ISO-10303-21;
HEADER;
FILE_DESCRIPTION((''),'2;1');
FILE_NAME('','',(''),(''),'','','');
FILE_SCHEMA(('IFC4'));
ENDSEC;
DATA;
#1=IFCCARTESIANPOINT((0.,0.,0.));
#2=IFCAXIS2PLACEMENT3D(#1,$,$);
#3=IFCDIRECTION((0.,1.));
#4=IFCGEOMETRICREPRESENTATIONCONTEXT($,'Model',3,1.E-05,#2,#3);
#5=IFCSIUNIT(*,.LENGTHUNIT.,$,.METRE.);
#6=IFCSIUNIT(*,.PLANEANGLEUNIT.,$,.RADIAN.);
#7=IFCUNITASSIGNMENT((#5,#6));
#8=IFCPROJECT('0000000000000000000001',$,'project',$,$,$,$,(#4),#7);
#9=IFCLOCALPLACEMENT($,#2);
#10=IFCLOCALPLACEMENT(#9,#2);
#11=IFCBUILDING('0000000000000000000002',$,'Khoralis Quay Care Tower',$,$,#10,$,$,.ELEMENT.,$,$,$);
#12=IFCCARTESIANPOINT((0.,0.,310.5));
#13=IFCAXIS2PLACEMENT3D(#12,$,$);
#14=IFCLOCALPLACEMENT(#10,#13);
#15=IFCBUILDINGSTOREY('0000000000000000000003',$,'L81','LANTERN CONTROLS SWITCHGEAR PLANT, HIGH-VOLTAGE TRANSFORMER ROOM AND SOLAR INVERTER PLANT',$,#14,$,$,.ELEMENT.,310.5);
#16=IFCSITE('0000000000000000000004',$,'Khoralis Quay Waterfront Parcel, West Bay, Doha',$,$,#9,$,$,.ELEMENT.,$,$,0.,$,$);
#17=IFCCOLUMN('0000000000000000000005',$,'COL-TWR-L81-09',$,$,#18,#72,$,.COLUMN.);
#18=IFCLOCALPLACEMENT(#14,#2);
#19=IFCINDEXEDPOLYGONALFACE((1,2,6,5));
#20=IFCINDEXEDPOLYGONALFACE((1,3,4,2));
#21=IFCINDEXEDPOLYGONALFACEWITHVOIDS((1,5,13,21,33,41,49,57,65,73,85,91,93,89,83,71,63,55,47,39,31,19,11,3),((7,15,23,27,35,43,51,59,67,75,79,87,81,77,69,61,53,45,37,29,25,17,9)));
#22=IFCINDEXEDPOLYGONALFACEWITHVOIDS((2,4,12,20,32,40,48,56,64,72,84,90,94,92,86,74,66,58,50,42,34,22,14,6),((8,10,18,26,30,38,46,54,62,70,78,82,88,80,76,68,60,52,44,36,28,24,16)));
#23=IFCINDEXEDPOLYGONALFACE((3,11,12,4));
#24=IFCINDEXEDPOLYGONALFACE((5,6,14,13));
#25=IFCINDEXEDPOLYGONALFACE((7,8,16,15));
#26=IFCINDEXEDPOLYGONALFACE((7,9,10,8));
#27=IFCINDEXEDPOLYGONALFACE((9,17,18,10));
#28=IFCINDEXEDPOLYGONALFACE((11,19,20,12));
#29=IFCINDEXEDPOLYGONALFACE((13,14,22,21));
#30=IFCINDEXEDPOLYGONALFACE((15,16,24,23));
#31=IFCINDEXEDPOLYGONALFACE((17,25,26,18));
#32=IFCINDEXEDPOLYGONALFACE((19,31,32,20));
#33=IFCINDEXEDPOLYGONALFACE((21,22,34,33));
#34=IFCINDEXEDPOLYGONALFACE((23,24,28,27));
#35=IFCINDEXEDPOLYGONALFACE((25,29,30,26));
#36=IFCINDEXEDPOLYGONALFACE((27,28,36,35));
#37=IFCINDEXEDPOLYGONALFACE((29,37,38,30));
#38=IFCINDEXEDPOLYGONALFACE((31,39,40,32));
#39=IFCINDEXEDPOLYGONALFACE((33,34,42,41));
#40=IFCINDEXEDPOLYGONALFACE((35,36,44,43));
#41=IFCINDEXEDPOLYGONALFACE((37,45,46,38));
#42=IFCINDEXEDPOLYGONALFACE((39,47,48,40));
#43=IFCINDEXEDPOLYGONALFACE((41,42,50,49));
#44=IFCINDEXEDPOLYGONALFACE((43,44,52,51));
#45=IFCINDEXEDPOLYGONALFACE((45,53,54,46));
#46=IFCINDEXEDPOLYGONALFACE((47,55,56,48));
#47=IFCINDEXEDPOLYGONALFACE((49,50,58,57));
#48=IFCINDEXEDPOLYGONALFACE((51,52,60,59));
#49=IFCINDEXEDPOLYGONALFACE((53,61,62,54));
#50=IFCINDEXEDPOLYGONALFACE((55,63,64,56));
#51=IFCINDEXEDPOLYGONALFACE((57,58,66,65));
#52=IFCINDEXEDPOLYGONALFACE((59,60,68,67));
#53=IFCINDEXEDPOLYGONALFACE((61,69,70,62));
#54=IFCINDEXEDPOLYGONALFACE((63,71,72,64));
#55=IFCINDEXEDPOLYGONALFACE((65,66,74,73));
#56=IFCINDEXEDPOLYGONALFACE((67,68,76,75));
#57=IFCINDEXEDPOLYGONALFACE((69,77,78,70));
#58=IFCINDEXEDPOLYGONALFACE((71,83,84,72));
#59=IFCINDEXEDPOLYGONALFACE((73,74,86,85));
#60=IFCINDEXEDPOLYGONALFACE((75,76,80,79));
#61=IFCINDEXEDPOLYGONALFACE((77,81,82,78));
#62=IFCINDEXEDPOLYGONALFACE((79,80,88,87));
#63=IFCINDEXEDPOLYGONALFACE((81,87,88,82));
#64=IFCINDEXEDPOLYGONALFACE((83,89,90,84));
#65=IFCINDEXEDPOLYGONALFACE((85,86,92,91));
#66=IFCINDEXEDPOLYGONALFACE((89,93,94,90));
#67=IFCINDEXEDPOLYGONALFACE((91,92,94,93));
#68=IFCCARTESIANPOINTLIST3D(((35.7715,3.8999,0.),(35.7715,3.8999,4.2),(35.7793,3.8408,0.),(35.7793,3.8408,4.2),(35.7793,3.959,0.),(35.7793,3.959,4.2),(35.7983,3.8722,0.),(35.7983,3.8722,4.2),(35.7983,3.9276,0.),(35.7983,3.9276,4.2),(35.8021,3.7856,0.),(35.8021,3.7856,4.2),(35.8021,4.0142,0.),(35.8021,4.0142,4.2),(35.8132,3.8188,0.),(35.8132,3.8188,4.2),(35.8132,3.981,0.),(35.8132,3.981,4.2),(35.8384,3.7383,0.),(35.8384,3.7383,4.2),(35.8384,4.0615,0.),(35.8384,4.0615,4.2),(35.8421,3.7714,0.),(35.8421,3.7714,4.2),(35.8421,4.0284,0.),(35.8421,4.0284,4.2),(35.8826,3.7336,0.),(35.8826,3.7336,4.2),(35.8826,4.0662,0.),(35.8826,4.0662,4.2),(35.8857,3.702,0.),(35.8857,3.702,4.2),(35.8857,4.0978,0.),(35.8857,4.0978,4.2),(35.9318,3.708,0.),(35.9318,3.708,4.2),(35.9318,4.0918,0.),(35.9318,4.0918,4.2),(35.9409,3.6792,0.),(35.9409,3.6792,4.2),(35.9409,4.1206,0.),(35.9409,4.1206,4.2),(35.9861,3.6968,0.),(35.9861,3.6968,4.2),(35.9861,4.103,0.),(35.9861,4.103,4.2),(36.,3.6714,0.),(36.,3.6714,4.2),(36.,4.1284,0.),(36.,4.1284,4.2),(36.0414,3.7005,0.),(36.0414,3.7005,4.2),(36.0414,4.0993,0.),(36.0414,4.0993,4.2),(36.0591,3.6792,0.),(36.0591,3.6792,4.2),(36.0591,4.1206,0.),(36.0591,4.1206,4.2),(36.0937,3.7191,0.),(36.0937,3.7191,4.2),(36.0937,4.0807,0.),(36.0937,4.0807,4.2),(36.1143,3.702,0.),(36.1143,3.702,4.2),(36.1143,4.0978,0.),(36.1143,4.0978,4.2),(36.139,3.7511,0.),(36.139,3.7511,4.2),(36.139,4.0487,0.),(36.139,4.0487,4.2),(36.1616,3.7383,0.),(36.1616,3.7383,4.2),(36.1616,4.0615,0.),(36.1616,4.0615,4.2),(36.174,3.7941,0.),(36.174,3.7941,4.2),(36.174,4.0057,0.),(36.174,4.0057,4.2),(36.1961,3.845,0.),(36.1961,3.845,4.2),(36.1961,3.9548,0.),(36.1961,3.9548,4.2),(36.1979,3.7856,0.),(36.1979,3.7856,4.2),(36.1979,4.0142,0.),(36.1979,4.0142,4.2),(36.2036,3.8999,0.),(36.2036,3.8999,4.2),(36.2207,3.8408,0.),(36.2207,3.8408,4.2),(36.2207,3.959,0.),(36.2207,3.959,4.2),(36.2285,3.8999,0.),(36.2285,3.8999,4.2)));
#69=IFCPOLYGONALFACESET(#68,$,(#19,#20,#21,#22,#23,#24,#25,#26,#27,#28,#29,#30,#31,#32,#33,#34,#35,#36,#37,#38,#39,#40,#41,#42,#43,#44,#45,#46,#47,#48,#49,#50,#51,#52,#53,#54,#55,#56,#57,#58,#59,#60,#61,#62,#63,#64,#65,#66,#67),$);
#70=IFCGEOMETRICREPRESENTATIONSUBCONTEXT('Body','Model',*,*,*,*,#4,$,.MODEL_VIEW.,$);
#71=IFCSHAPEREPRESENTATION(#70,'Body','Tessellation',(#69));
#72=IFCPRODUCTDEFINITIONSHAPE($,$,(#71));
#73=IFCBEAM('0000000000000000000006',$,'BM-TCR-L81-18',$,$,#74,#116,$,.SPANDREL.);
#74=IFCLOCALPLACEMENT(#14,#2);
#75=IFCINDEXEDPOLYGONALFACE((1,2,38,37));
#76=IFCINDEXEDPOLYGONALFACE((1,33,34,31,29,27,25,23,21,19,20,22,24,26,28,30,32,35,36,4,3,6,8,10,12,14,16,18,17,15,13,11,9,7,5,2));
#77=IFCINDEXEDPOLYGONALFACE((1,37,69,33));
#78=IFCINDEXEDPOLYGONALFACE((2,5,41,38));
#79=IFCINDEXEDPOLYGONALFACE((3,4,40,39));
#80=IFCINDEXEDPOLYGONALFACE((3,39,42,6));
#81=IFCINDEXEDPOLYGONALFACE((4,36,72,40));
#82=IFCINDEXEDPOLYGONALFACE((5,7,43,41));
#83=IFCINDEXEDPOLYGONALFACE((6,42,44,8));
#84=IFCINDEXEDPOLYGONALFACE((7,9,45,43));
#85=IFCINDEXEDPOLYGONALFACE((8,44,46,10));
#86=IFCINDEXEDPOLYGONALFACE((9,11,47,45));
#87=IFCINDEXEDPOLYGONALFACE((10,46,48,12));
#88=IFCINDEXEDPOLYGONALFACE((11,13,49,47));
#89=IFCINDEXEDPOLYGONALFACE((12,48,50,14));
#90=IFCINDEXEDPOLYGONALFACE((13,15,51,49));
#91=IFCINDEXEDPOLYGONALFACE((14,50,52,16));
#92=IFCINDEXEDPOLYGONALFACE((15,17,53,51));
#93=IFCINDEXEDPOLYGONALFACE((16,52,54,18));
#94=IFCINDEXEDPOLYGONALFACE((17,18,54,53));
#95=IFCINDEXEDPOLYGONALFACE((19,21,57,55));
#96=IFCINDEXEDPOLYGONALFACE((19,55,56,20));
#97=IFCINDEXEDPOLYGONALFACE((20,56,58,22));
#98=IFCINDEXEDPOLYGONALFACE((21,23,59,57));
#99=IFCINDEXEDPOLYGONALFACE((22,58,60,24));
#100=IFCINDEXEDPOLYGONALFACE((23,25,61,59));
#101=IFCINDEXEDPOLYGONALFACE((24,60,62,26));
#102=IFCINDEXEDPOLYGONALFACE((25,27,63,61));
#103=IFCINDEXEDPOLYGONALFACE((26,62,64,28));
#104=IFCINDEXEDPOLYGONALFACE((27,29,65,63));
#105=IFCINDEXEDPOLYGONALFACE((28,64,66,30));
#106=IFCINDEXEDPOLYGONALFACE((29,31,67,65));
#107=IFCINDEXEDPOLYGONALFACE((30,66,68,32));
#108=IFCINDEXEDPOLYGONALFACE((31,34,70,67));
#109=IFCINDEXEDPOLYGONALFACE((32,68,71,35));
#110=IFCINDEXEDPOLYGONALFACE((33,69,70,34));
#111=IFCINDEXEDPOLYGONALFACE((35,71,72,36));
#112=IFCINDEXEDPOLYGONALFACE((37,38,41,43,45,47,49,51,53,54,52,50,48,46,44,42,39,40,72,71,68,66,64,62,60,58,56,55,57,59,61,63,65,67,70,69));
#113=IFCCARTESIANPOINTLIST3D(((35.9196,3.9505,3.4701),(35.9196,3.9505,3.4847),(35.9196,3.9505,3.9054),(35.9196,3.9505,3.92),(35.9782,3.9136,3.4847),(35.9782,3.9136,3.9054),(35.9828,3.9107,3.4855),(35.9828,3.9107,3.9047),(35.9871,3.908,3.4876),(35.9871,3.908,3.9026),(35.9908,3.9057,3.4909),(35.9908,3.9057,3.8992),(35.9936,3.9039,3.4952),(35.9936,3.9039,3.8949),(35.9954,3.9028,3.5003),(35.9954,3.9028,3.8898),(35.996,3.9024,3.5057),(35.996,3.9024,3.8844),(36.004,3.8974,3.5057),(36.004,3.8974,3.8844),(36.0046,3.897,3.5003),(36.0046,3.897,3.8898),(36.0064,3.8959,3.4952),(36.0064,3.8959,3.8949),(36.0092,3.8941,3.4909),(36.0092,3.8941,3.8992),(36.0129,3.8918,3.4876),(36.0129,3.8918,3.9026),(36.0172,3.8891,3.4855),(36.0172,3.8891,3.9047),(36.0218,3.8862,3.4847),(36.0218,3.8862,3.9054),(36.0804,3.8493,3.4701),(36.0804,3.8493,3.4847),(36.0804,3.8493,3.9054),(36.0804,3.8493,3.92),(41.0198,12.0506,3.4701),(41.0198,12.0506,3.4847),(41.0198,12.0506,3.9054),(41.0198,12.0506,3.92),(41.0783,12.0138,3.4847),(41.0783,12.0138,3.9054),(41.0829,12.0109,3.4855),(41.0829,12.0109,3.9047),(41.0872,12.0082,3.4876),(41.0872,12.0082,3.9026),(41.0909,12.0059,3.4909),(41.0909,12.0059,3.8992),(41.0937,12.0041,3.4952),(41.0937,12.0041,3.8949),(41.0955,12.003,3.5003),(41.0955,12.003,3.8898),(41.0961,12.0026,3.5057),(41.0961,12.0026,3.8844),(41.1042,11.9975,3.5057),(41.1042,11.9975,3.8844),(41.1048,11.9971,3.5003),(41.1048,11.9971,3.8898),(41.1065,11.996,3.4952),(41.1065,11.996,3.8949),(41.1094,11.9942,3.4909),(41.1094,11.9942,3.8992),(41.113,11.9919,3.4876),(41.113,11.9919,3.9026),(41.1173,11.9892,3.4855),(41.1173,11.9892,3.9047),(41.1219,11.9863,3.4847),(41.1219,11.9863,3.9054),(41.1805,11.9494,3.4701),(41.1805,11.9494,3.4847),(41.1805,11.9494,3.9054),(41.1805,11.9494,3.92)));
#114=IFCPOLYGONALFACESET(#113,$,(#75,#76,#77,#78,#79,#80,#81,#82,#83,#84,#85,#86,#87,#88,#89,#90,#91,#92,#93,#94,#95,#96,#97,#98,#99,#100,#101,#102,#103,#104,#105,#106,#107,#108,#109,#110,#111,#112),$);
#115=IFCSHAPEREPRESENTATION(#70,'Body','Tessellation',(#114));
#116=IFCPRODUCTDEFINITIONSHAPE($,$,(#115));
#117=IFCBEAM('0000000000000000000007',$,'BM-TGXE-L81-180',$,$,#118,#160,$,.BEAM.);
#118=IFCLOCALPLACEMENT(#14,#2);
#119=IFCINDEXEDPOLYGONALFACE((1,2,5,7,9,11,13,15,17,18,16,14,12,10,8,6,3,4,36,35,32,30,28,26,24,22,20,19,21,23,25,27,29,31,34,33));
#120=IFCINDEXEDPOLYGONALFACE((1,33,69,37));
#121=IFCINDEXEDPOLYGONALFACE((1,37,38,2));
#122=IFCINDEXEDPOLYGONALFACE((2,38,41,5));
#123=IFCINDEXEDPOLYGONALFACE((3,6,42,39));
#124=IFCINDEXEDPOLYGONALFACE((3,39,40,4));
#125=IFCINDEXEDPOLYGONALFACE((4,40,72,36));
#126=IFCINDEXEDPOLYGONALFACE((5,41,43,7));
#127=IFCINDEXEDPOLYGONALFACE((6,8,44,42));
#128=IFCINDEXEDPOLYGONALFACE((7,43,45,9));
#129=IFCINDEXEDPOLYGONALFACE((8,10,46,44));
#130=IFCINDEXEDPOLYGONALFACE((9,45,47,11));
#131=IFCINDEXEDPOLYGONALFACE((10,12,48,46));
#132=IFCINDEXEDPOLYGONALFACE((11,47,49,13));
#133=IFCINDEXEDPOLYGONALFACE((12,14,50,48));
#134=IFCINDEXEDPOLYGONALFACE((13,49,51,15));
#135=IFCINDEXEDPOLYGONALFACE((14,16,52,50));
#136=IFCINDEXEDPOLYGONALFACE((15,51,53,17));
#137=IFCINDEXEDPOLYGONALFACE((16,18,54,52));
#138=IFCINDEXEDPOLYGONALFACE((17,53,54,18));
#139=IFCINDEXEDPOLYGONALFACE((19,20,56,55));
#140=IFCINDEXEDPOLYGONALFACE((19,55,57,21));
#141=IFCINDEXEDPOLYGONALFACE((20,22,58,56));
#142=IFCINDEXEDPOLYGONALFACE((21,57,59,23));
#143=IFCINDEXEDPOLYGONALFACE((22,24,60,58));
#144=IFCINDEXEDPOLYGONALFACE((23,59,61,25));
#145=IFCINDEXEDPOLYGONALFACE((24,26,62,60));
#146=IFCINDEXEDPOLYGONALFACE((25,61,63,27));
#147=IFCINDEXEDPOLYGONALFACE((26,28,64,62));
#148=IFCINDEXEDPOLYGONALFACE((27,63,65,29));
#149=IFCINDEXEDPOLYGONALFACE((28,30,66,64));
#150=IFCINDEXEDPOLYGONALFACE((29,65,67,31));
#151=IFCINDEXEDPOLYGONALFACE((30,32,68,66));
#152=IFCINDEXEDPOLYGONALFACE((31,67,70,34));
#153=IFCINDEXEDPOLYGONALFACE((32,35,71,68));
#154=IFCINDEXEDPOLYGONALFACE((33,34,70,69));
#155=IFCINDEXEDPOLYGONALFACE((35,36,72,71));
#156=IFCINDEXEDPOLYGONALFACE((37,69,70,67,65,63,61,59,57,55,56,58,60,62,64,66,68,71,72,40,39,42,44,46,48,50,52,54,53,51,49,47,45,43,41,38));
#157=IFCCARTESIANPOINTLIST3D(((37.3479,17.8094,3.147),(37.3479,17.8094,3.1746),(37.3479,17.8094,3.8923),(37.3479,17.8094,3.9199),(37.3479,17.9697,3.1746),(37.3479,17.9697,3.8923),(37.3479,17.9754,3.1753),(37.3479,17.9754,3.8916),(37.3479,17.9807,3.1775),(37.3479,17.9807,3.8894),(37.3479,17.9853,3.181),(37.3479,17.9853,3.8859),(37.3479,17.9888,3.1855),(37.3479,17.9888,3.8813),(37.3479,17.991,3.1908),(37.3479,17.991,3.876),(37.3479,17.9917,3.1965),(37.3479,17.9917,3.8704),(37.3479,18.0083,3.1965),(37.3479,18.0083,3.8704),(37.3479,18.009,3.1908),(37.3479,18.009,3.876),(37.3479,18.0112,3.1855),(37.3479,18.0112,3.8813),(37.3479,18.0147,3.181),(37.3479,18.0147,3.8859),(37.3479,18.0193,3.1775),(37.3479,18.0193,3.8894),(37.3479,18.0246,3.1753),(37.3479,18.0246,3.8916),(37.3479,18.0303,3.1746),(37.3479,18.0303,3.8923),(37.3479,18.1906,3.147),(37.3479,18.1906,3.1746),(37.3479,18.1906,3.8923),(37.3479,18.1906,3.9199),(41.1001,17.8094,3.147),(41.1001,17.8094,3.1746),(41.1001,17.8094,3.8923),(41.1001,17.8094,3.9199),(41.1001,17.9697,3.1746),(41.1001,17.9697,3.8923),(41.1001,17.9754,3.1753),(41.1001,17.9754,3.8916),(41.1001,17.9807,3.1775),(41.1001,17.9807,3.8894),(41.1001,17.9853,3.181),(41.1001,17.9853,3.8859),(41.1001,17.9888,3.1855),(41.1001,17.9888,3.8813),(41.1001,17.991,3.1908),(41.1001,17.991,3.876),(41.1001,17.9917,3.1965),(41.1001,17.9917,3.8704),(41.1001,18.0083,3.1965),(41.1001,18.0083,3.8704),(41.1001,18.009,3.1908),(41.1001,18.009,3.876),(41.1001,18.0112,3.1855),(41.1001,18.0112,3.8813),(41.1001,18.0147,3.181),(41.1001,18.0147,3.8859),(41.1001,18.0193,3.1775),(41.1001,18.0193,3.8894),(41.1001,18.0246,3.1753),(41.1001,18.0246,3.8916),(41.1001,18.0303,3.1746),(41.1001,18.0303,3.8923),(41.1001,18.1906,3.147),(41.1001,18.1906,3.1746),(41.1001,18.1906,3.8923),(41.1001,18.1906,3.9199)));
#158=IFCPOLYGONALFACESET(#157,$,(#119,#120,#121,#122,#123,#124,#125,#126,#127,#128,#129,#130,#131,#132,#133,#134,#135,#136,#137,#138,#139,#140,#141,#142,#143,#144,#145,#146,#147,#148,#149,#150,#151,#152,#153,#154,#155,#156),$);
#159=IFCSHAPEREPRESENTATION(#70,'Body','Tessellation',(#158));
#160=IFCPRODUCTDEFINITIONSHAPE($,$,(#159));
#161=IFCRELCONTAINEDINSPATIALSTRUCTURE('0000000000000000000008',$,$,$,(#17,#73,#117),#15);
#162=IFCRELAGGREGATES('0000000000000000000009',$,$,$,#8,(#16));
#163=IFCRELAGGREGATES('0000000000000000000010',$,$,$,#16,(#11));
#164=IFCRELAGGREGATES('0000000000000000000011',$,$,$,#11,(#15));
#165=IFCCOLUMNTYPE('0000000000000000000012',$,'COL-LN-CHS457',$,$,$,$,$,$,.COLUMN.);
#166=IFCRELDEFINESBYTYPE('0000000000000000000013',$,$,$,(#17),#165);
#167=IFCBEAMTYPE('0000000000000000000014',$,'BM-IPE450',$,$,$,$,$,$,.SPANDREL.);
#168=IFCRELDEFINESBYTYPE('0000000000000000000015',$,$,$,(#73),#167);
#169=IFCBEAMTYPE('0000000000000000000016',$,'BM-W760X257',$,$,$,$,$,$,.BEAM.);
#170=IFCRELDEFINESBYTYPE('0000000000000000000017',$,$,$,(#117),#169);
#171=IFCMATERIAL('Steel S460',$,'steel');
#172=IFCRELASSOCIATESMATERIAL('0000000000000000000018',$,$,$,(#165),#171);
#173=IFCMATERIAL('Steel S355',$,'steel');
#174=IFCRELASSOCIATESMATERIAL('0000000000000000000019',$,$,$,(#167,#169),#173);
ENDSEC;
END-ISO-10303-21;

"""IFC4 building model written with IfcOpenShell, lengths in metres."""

from ifc_helpers import new_model, si_unit, direction, frame, origin, origin_2d, place, context, subcontext, project, spatial, hollow_circle, i_section, extrude, source, transform, mapped, material, material_profile, profile_set, type_object, element, save


model = new_model("IFC4")

# Units and contexts
model_context = context("Model", 3, precision=1e-05, world=origin(), true_north=direction((0.0, 1.0)))
body_context = subcontext(model_context, "Body", "Model", "MODEL_VIEW")
ifc_project = project(units=[si_unit("LENGTHUNIT", "METRE"), si_unit("PLANEANGLEUNIT", "RADIAN")], contexts=[model_context])

# Site, building, storey
site_placement = place(None, origin())
site = spatial("IfcSite", under=ifc_project, at=site_placement, Name="Khoralis Quay Waterfront Parcel, West Bay, Doha", CompositionType="ELEMENT", RefElevation=0.0)
building_placement = place(site_placement, origin())
building = spatial("IfcBuilding", under=site, at=building_placement, Name="Khoralis Quay Care Tower", CompositionType="ELEMENT")
storey_placement = place(building_placement, frame((0.0, 0.0, 310.5)))
storey = spatial("IfcBuildingStorey", under=building, at=storey_placement, Name="L81", Description="LANTERN CONTROLS SWITCHGEAR PLANT, HIGH-VOLTAGE TRANSFORMER ROOM AND SOLAR INVERTER PLANT", CompositionType="ELEMENT", Elevation=310.5)

# Column
ifc_material_1 = material(Name="Steel S460", Category="steel")
ifc_material_profile_1 = material_profile(ifc_material_1, hollow_circle(Radius=0.2285, WallThickness=0.0249, at=origin_2d()), Name="Steel S460")
ifc_profile_set_1 = profile_set([ifc_material_profile_1], Name="Steel S460")
column_type = type_object("IfcColumnType", Name="COL-LN-CHS457", PredefinedType="COLUMN", material=ifc_profile_set_1)
shared_shape_1 = source(origin(), body_context, "Body", "SweptSolid", [
    extrude(hollow_circle(Radius=0.2285, WallThickness=0.0249, at=origin_2d()), origin(), (0.0, 0.0, 1.0), 4.2),
])
column_placement = place(storey_placement, frame((36.0, 3.8999, 0.0), z_axis=(0.0, 0.0, 1.0), x_axis=(1.0, 0.0, 0.0)))
element("IfcColumn", 1, at=column_placement, inside=storey, type_object=column_type, Name="COL-TWR-L81-09", PredefinedType="COLUMN", context=body_context, shape_type="MappedRepresentation", body=[
    mapped(shared_shape_1, transform((0.0, 0.0, 0.0), scale=1.0)),
])

# Beams
ifc_material_2 = material(Name="Steel S355", Category="steel")
ifc_material_profile_2 = material_profile(ifc_material_2, i_section(OverallWidth=0.1899, OverallDepth=0.45, WebThickness=0.0095, FlangeThickness=0.0146, FilletRadius=0.021, at=origin_2d()), Name="Steel S355")
ifc_profile_set_2 = profile_set([ifc_material_profile_2], Name="Steel S355")
beam_type_1 = type_object("IfcBeamType", Name="BM-IPE450", PredefinedType="SPANDREL", material=ifc_profile_set_2)
shared_shape_2 = source(origin(), body_context, "Body", "SweptSolid", [
    extrude(i_section(OverallWidth=0.1899, OverallDepth=0.45, WebThickness=0.0095, FlangeThickness=0.0146, FilletRadius=0.021, at=origin_2d()), origin(), (0.0, 0.0, 1.0), 9.572),
])
beam_1_placement = place(storey_placement, frame((36.0, 3.8999, 3.6951), z_axis=(0.532816, 0.846231, 0.0), x_axis=(-0.846231, 0.532816, 0.0)))
element("IfcBeam", 2, at=beam_1_placement, inside=storey, type_object=beam_type_1, Name="BM-TCR-L81-18", PredefinedType="SPANDREL", context=body_context, shape_type="MappedRepresentation", body=[
    mapped(shared_shape_2, transform((0.0, 0.0, 0.0), scale=1.0)),
])
ifc_material_profile_3 = material_profile(ifc_material_2, i_section(OverallWidth=0.3811, OverallDepth=0.7729, WebThickness=0.0166, FlangeThickness=0.0276, FilletRadius=0.022, at=origin_2d()), Name="Steel S355")
ifc_profile_set_3 = profile_set([ifc_material_profile_3], Name="Steel S355")
beam_type_2 = type_object("IfcBeamType", Name="BM-W760X257", PredefinedType="BEAM", material=ifc_profile_set_3)
shared_shape_3 = source(origin(), body_context, "Body", "SweptSolid", [
    extrude(i_section(OverallWidth=0.3811, OverallDepth=0.7729, WebThickness=0.0166, FlangeThickness=0.0276, FilletRadius=0.022, at=origin_2d()), origin(), (0.0, 0.0, 1.0), 3.7522),
])
beam_2_placement = place(storey_placement, frame((37.3479, 18.0, 3.5334), z_axis=(1.0, 0.0, 0.0), x_axis=(0.0, 1.0, 0.0)))
element("IfcBeam", 3, at=beam_2_placement, inside=storey, type_object=beam_type_2, Name="BM-TGXE-L81-180", PredefinedType="BEAM", context=body_context, shape_type="MappedRepresentation", body=[
    mapped(shared_shape_3, transform((0.0, 0.0, 0.0), scale=1.0)),
])

save(model, "model.ifc")
